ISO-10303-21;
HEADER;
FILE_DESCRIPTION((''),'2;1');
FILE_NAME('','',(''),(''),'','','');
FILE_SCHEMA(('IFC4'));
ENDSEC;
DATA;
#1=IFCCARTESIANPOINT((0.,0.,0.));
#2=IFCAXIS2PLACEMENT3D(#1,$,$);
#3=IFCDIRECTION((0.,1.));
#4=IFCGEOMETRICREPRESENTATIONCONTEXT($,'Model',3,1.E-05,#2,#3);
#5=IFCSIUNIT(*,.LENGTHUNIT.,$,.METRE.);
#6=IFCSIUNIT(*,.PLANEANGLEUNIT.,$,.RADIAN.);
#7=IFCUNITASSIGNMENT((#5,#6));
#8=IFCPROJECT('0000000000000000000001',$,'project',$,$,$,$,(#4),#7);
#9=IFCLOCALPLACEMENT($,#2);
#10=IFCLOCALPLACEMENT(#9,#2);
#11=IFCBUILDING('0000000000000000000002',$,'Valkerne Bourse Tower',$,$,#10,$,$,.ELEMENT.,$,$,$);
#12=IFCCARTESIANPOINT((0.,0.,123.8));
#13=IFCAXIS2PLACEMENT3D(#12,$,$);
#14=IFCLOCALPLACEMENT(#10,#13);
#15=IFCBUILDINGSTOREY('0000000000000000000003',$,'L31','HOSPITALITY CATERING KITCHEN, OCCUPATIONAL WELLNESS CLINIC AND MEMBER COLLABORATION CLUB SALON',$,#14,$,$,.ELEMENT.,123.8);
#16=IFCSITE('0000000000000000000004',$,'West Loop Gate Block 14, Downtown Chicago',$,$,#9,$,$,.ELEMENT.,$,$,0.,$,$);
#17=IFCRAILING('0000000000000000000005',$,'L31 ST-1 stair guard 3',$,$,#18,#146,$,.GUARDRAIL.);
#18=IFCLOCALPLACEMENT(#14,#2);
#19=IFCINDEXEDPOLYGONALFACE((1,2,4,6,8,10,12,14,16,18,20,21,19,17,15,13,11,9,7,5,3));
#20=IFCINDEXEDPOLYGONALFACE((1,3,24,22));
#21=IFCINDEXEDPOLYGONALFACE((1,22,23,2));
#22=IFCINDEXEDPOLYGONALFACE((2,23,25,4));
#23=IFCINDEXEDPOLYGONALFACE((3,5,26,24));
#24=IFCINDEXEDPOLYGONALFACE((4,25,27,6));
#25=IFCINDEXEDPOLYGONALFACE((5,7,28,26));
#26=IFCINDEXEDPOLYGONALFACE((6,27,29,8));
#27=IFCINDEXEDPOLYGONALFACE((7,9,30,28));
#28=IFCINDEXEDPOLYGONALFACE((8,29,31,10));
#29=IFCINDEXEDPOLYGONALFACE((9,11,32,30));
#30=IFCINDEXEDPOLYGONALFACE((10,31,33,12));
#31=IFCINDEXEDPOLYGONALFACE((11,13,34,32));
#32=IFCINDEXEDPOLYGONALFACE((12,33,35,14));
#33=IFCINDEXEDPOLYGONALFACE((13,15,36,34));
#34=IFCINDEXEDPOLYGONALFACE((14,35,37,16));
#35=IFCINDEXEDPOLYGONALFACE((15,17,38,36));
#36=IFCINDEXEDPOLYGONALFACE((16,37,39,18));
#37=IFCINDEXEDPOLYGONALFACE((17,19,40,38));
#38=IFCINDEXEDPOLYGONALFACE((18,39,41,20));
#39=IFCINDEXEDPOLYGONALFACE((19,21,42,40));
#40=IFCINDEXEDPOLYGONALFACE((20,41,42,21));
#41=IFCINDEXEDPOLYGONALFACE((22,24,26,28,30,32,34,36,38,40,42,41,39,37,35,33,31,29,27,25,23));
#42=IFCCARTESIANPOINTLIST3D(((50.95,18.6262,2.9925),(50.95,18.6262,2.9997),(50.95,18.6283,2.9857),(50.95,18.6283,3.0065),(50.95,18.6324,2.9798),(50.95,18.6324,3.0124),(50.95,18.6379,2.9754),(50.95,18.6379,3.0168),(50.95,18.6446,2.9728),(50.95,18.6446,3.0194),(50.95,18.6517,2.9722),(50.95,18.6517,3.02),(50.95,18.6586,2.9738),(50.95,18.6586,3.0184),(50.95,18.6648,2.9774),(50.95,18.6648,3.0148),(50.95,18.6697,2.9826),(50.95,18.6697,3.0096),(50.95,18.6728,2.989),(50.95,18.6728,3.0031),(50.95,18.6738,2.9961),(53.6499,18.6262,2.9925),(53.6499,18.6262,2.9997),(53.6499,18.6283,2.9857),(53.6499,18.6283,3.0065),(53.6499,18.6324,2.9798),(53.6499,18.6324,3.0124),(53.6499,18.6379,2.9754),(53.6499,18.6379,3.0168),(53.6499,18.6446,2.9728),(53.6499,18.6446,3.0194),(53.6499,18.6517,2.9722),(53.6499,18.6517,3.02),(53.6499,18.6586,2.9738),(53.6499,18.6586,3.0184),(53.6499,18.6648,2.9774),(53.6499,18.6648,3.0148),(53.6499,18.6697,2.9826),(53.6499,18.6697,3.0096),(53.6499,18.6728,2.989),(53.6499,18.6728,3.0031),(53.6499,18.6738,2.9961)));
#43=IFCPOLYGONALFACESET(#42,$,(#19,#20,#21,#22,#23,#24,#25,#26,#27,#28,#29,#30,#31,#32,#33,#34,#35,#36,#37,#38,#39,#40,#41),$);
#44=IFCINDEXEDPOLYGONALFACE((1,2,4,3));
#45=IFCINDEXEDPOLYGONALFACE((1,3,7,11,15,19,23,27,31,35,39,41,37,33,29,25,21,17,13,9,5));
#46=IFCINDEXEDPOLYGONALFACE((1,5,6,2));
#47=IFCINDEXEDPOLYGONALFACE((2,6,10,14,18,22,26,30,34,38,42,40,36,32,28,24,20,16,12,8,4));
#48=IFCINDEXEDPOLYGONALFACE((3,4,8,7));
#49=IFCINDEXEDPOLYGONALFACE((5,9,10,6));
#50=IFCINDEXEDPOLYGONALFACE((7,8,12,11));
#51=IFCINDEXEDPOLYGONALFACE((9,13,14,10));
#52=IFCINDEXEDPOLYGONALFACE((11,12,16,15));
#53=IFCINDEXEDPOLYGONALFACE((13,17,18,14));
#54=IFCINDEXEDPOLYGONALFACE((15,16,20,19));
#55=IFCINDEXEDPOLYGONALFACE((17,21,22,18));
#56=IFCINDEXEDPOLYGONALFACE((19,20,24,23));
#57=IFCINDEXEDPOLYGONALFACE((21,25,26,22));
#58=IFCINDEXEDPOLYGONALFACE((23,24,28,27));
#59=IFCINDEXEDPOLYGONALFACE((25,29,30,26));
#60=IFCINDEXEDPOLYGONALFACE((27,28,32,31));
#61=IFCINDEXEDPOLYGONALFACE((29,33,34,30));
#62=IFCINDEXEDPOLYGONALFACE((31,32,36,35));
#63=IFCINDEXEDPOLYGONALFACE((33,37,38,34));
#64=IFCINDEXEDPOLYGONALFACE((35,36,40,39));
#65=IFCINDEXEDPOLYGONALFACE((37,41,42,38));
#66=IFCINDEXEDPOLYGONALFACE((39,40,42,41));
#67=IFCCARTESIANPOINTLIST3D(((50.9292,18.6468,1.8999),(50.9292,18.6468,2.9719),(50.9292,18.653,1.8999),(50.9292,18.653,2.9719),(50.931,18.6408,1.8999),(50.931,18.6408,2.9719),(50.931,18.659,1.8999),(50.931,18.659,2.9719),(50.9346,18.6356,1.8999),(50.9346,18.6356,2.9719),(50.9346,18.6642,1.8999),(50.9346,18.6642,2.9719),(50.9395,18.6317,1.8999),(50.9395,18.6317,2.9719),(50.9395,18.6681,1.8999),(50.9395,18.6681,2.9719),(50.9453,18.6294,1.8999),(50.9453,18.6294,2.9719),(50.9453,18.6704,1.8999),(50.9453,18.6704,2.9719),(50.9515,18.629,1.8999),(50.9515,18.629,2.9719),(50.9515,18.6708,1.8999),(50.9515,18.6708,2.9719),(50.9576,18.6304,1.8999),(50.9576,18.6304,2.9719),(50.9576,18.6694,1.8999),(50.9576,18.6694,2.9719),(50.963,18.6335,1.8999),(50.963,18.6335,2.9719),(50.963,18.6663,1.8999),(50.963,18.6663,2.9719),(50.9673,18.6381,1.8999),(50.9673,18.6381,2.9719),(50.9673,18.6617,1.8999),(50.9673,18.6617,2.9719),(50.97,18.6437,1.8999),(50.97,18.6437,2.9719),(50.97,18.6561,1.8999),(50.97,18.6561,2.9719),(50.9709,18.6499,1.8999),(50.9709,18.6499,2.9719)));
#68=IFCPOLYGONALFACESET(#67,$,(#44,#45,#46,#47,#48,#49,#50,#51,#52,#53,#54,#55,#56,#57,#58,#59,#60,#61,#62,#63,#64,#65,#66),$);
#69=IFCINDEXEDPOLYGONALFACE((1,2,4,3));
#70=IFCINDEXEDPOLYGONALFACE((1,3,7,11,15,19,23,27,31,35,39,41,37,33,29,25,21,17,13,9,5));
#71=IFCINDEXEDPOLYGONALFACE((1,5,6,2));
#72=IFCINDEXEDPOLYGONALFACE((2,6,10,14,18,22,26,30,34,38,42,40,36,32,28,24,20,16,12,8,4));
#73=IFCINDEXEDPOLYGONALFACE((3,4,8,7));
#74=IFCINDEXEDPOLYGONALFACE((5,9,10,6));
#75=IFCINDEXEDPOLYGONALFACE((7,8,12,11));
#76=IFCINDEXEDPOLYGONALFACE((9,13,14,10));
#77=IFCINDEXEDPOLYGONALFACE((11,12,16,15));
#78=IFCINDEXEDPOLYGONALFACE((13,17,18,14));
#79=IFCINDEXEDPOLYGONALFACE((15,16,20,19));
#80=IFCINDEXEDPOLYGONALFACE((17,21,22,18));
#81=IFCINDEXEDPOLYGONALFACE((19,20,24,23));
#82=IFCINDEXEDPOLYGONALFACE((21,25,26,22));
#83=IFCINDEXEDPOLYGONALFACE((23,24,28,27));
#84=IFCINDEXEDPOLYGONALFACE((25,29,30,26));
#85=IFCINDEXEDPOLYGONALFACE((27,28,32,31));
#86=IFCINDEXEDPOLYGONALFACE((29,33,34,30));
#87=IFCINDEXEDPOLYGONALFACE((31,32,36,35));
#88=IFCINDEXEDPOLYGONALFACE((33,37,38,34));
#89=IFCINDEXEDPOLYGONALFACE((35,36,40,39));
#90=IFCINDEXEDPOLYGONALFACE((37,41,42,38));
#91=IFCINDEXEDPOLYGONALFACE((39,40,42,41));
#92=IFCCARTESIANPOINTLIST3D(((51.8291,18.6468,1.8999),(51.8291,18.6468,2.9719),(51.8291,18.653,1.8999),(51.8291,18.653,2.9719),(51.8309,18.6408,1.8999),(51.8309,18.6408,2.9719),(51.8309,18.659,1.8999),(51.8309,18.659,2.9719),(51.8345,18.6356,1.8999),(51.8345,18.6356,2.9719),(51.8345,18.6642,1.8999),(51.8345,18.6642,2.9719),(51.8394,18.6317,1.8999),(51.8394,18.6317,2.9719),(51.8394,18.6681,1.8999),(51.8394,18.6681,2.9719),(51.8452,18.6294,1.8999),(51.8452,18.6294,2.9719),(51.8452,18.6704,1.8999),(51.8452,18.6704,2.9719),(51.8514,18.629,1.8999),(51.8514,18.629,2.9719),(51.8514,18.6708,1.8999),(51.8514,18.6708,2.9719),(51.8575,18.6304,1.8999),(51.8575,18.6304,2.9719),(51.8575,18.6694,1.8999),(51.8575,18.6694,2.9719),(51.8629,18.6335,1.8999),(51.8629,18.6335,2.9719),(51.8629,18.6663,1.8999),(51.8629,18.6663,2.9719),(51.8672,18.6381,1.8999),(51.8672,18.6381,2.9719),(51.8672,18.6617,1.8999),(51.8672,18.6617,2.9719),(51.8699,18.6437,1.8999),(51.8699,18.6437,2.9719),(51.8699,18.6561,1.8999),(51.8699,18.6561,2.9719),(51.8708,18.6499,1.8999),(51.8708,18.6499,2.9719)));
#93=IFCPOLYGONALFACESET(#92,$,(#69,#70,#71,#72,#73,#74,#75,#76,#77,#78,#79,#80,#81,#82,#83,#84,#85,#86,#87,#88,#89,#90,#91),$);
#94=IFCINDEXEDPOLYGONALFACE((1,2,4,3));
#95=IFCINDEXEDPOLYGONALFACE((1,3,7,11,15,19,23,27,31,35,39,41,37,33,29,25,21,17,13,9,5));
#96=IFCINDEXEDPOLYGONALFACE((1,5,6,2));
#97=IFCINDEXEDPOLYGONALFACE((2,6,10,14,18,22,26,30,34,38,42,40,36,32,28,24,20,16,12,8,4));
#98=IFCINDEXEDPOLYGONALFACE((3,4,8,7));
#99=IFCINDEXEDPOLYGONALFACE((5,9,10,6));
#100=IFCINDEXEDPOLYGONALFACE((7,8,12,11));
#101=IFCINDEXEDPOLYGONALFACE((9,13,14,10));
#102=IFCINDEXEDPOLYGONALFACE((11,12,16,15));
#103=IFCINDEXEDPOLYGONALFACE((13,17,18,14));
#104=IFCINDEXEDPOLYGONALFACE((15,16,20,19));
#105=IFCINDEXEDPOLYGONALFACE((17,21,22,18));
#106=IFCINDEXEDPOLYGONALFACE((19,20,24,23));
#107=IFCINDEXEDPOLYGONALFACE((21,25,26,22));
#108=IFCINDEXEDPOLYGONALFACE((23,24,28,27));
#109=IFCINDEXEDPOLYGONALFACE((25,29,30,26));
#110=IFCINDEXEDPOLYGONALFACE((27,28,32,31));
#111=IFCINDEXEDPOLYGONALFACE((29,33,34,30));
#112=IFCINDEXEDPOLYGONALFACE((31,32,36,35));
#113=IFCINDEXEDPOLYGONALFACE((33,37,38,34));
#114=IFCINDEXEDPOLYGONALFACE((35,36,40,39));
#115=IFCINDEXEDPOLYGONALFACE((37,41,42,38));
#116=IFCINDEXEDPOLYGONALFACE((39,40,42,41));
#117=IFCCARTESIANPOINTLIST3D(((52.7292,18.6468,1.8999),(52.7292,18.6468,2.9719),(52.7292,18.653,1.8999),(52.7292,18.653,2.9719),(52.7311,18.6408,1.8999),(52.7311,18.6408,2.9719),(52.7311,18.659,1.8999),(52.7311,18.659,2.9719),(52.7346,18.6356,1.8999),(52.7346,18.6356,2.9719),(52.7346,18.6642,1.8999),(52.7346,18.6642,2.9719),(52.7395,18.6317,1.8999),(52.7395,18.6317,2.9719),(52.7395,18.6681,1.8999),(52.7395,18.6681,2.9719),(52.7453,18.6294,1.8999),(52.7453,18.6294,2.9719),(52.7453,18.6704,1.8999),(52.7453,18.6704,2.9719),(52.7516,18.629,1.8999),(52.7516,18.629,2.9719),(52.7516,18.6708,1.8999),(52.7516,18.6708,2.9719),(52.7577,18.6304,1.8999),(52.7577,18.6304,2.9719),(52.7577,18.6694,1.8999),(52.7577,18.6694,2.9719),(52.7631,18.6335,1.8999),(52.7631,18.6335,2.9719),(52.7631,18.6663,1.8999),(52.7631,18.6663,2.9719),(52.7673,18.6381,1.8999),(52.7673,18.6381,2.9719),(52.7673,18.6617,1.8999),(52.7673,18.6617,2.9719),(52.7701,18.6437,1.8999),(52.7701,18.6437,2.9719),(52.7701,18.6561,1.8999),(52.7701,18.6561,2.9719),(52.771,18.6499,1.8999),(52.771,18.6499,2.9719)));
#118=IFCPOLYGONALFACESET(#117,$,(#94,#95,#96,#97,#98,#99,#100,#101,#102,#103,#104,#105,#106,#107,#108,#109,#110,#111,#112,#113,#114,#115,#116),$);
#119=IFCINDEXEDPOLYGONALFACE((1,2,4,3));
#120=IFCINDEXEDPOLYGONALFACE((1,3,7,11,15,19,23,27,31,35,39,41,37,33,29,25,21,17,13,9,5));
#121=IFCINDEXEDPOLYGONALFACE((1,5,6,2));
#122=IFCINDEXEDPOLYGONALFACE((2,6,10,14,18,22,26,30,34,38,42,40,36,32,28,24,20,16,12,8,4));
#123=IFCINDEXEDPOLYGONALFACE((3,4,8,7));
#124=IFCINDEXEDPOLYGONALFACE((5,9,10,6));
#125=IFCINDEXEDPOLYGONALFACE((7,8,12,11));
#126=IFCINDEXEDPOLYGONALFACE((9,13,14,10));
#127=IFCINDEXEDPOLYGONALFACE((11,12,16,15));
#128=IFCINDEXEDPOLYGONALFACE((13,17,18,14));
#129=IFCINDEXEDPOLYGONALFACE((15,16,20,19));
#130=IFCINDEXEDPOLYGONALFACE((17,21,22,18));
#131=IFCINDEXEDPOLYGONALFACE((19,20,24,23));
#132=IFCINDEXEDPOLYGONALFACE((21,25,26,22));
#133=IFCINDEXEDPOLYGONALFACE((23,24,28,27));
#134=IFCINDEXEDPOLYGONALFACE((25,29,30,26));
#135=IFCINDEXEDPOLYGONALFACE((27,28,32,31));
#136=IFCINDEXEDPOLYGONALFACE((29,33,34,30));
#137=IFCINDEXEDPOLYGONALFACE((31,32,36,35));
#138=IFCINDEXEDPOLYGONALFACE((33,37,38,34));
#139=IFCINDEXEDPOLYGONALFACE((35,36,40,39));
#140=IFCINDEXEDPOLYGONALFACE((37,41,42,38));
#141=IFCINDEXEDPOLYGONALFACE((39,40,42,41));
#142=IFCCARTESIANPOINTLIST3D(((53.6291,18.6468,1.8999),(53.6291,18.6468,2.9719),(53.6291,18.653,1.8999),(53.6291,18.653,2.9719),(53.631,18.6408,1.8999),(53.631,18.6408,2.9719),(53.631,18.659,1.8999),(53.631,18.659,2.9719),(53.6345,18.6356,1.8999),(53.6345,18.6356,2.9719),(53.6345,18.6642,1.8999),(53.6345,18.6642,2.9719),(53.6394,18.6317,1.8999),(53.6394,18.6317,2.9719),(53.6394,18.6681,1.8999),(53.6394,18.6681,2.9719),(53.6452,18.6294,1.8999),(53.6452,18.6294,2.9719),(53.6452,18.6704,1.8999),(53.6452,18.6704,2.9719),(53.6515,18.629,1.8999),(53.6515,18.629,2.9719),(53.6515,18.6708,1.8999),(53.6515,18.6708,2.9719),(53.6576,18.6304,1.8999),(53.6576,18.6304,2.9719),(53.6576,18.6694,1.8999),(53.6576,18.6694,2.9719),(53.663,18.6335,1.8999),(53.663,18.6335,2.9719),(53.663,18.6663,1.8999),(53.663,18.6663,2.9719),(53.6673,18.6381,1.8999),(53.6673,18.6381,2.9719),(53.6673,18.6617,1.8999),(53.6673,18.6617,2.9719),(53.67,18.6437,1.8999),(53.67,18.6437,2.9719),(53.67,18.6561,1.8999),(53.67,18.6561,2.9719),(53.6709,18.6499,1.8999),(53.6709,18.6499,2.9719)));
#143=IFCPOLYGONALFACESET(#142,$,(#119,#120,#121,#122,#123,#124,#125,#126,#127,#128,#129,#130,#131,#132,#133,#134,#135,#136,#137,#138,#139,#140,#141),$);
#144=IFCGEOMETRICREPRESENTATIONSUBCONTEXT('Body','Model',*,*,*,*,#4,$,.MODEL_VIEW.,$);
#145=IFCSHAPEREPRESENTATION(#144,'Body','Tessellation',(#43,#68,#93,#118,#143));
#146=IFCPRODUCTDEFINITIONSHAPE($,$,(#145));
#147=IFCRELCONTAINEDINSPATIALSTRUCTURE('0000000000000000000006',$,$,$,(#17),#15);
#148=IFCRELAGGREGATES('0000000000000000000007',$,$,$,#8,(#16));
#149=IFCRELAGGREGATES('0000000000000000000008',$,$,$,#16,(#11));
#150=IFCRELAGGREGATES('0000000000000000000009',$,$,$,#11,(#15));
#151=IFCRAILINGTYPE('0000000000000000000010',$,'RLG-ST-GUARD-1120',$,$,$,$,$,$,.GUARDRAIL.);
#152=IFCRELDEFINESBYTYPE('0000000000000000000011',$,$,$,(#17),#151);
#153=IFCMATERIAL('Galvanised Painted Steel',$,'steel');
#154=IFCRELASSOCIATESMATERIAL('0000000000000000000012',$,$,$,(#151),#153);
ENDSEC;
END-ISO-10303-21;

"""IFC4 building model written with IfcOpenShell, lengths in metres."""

from ifc_helpers import new_model, si_unit, direction, frame, origin, origin_2d, place, context, subcontext, project, spatial, circle, extrude, material, type_object, element, save


model = new_model("IFC4")

# Units and contexts
model_context = context("Model", 3, precision=1e-05, world=origin(), true_north=direction((0.0, 1.0)))
body_context = subcontext(model_context, "Body", "Model", "MODEL_VIEW")
ifc_project = project(units=[si_unit("LENGTHUNIT", "METRE"), si_unit("PLANEANGLEUNIT", "RADIAN")], contexts=[model_context])

# Site, building, storey
site_placement = place(None, origin())
site = spatial("IfcSite", under=ifc_project, at=site_placement, Name="West Loop Gate Block 14, Downtown Chicago", CompositionType="ELEMENT", RefElevation=0.0)
building_placement = place(site_placement, origin())
building = spatial("IfcBuilding", under=site, at=building_placement, Name="Valkerne Bourse Tower", CompositionType="ELEMENT")
storey_placement = place(building_placement, frame((0.0, 0.0, 123.8)))
storey = spatial("IfcBuildingStorey", under=building, at=storey_placement, Name="L31", Description="HOSPITALITY CATERING KITCHEN, OCCUPATIONAL WELLNESS CLINIC AND MEMBER COLLABORATION CLUB SALON", CompositionType="ELEMENT", Elevation=123.8)

# Shared definitions
ifc_material_1 = material(Name="Galvanised Painted Steel", Category="steel")

# Railing
railing_type_1 = type_object("IfcRailingType", Name="RLG-ST-GUARD-1120", PredefinedType="GUARDRAIL", material=ifc_material_1)
for number, where, name in (
    (1, (50.95, 18.6499, 1.8999), "L31 ST-1 stair guard 3"),
):
    element("IfcRailing", number, at=place(storey_placement, frame(where)), inside=storey, type_object=railing_type_1, Name=name, PredefinedType="GUARDRAIL", context=body_context, shape_type="SweptSolid", body=[
        extrude(circle(Radius=0.0239, at=origin_2d()), frame((0.0, 0.0, 1.0962), z_axis=(1.0, 0.0, 0.0), x_axis=(0.0, 1.0, 0.0)), (0.0, 0.0, 1.0), 2.7),
        extrude(circle(Radius=0.021, at=origin_2d()), origin(), (0.0, 0.0, 1.0), 1.072),
        extrude(circle(Radius=0.021, at=origin_2d()), frame((0.8999, 0.0, 0.0)), (0.0, 0.0, 1.0), 1.072),
        extrude(circle(Radius=0.021, at=origin_2d()), frame((1.8, 0.0, 0.0)), (0.0, 0.0, 1.0), 1.072),
        extrude(circle(Radius=0.021, at=origin_2d()), frame((2.7, 0.0, 0.0)), (0.0, 0.0, 1.0), 1.072),
    ])

save(model, "model.ifc")
